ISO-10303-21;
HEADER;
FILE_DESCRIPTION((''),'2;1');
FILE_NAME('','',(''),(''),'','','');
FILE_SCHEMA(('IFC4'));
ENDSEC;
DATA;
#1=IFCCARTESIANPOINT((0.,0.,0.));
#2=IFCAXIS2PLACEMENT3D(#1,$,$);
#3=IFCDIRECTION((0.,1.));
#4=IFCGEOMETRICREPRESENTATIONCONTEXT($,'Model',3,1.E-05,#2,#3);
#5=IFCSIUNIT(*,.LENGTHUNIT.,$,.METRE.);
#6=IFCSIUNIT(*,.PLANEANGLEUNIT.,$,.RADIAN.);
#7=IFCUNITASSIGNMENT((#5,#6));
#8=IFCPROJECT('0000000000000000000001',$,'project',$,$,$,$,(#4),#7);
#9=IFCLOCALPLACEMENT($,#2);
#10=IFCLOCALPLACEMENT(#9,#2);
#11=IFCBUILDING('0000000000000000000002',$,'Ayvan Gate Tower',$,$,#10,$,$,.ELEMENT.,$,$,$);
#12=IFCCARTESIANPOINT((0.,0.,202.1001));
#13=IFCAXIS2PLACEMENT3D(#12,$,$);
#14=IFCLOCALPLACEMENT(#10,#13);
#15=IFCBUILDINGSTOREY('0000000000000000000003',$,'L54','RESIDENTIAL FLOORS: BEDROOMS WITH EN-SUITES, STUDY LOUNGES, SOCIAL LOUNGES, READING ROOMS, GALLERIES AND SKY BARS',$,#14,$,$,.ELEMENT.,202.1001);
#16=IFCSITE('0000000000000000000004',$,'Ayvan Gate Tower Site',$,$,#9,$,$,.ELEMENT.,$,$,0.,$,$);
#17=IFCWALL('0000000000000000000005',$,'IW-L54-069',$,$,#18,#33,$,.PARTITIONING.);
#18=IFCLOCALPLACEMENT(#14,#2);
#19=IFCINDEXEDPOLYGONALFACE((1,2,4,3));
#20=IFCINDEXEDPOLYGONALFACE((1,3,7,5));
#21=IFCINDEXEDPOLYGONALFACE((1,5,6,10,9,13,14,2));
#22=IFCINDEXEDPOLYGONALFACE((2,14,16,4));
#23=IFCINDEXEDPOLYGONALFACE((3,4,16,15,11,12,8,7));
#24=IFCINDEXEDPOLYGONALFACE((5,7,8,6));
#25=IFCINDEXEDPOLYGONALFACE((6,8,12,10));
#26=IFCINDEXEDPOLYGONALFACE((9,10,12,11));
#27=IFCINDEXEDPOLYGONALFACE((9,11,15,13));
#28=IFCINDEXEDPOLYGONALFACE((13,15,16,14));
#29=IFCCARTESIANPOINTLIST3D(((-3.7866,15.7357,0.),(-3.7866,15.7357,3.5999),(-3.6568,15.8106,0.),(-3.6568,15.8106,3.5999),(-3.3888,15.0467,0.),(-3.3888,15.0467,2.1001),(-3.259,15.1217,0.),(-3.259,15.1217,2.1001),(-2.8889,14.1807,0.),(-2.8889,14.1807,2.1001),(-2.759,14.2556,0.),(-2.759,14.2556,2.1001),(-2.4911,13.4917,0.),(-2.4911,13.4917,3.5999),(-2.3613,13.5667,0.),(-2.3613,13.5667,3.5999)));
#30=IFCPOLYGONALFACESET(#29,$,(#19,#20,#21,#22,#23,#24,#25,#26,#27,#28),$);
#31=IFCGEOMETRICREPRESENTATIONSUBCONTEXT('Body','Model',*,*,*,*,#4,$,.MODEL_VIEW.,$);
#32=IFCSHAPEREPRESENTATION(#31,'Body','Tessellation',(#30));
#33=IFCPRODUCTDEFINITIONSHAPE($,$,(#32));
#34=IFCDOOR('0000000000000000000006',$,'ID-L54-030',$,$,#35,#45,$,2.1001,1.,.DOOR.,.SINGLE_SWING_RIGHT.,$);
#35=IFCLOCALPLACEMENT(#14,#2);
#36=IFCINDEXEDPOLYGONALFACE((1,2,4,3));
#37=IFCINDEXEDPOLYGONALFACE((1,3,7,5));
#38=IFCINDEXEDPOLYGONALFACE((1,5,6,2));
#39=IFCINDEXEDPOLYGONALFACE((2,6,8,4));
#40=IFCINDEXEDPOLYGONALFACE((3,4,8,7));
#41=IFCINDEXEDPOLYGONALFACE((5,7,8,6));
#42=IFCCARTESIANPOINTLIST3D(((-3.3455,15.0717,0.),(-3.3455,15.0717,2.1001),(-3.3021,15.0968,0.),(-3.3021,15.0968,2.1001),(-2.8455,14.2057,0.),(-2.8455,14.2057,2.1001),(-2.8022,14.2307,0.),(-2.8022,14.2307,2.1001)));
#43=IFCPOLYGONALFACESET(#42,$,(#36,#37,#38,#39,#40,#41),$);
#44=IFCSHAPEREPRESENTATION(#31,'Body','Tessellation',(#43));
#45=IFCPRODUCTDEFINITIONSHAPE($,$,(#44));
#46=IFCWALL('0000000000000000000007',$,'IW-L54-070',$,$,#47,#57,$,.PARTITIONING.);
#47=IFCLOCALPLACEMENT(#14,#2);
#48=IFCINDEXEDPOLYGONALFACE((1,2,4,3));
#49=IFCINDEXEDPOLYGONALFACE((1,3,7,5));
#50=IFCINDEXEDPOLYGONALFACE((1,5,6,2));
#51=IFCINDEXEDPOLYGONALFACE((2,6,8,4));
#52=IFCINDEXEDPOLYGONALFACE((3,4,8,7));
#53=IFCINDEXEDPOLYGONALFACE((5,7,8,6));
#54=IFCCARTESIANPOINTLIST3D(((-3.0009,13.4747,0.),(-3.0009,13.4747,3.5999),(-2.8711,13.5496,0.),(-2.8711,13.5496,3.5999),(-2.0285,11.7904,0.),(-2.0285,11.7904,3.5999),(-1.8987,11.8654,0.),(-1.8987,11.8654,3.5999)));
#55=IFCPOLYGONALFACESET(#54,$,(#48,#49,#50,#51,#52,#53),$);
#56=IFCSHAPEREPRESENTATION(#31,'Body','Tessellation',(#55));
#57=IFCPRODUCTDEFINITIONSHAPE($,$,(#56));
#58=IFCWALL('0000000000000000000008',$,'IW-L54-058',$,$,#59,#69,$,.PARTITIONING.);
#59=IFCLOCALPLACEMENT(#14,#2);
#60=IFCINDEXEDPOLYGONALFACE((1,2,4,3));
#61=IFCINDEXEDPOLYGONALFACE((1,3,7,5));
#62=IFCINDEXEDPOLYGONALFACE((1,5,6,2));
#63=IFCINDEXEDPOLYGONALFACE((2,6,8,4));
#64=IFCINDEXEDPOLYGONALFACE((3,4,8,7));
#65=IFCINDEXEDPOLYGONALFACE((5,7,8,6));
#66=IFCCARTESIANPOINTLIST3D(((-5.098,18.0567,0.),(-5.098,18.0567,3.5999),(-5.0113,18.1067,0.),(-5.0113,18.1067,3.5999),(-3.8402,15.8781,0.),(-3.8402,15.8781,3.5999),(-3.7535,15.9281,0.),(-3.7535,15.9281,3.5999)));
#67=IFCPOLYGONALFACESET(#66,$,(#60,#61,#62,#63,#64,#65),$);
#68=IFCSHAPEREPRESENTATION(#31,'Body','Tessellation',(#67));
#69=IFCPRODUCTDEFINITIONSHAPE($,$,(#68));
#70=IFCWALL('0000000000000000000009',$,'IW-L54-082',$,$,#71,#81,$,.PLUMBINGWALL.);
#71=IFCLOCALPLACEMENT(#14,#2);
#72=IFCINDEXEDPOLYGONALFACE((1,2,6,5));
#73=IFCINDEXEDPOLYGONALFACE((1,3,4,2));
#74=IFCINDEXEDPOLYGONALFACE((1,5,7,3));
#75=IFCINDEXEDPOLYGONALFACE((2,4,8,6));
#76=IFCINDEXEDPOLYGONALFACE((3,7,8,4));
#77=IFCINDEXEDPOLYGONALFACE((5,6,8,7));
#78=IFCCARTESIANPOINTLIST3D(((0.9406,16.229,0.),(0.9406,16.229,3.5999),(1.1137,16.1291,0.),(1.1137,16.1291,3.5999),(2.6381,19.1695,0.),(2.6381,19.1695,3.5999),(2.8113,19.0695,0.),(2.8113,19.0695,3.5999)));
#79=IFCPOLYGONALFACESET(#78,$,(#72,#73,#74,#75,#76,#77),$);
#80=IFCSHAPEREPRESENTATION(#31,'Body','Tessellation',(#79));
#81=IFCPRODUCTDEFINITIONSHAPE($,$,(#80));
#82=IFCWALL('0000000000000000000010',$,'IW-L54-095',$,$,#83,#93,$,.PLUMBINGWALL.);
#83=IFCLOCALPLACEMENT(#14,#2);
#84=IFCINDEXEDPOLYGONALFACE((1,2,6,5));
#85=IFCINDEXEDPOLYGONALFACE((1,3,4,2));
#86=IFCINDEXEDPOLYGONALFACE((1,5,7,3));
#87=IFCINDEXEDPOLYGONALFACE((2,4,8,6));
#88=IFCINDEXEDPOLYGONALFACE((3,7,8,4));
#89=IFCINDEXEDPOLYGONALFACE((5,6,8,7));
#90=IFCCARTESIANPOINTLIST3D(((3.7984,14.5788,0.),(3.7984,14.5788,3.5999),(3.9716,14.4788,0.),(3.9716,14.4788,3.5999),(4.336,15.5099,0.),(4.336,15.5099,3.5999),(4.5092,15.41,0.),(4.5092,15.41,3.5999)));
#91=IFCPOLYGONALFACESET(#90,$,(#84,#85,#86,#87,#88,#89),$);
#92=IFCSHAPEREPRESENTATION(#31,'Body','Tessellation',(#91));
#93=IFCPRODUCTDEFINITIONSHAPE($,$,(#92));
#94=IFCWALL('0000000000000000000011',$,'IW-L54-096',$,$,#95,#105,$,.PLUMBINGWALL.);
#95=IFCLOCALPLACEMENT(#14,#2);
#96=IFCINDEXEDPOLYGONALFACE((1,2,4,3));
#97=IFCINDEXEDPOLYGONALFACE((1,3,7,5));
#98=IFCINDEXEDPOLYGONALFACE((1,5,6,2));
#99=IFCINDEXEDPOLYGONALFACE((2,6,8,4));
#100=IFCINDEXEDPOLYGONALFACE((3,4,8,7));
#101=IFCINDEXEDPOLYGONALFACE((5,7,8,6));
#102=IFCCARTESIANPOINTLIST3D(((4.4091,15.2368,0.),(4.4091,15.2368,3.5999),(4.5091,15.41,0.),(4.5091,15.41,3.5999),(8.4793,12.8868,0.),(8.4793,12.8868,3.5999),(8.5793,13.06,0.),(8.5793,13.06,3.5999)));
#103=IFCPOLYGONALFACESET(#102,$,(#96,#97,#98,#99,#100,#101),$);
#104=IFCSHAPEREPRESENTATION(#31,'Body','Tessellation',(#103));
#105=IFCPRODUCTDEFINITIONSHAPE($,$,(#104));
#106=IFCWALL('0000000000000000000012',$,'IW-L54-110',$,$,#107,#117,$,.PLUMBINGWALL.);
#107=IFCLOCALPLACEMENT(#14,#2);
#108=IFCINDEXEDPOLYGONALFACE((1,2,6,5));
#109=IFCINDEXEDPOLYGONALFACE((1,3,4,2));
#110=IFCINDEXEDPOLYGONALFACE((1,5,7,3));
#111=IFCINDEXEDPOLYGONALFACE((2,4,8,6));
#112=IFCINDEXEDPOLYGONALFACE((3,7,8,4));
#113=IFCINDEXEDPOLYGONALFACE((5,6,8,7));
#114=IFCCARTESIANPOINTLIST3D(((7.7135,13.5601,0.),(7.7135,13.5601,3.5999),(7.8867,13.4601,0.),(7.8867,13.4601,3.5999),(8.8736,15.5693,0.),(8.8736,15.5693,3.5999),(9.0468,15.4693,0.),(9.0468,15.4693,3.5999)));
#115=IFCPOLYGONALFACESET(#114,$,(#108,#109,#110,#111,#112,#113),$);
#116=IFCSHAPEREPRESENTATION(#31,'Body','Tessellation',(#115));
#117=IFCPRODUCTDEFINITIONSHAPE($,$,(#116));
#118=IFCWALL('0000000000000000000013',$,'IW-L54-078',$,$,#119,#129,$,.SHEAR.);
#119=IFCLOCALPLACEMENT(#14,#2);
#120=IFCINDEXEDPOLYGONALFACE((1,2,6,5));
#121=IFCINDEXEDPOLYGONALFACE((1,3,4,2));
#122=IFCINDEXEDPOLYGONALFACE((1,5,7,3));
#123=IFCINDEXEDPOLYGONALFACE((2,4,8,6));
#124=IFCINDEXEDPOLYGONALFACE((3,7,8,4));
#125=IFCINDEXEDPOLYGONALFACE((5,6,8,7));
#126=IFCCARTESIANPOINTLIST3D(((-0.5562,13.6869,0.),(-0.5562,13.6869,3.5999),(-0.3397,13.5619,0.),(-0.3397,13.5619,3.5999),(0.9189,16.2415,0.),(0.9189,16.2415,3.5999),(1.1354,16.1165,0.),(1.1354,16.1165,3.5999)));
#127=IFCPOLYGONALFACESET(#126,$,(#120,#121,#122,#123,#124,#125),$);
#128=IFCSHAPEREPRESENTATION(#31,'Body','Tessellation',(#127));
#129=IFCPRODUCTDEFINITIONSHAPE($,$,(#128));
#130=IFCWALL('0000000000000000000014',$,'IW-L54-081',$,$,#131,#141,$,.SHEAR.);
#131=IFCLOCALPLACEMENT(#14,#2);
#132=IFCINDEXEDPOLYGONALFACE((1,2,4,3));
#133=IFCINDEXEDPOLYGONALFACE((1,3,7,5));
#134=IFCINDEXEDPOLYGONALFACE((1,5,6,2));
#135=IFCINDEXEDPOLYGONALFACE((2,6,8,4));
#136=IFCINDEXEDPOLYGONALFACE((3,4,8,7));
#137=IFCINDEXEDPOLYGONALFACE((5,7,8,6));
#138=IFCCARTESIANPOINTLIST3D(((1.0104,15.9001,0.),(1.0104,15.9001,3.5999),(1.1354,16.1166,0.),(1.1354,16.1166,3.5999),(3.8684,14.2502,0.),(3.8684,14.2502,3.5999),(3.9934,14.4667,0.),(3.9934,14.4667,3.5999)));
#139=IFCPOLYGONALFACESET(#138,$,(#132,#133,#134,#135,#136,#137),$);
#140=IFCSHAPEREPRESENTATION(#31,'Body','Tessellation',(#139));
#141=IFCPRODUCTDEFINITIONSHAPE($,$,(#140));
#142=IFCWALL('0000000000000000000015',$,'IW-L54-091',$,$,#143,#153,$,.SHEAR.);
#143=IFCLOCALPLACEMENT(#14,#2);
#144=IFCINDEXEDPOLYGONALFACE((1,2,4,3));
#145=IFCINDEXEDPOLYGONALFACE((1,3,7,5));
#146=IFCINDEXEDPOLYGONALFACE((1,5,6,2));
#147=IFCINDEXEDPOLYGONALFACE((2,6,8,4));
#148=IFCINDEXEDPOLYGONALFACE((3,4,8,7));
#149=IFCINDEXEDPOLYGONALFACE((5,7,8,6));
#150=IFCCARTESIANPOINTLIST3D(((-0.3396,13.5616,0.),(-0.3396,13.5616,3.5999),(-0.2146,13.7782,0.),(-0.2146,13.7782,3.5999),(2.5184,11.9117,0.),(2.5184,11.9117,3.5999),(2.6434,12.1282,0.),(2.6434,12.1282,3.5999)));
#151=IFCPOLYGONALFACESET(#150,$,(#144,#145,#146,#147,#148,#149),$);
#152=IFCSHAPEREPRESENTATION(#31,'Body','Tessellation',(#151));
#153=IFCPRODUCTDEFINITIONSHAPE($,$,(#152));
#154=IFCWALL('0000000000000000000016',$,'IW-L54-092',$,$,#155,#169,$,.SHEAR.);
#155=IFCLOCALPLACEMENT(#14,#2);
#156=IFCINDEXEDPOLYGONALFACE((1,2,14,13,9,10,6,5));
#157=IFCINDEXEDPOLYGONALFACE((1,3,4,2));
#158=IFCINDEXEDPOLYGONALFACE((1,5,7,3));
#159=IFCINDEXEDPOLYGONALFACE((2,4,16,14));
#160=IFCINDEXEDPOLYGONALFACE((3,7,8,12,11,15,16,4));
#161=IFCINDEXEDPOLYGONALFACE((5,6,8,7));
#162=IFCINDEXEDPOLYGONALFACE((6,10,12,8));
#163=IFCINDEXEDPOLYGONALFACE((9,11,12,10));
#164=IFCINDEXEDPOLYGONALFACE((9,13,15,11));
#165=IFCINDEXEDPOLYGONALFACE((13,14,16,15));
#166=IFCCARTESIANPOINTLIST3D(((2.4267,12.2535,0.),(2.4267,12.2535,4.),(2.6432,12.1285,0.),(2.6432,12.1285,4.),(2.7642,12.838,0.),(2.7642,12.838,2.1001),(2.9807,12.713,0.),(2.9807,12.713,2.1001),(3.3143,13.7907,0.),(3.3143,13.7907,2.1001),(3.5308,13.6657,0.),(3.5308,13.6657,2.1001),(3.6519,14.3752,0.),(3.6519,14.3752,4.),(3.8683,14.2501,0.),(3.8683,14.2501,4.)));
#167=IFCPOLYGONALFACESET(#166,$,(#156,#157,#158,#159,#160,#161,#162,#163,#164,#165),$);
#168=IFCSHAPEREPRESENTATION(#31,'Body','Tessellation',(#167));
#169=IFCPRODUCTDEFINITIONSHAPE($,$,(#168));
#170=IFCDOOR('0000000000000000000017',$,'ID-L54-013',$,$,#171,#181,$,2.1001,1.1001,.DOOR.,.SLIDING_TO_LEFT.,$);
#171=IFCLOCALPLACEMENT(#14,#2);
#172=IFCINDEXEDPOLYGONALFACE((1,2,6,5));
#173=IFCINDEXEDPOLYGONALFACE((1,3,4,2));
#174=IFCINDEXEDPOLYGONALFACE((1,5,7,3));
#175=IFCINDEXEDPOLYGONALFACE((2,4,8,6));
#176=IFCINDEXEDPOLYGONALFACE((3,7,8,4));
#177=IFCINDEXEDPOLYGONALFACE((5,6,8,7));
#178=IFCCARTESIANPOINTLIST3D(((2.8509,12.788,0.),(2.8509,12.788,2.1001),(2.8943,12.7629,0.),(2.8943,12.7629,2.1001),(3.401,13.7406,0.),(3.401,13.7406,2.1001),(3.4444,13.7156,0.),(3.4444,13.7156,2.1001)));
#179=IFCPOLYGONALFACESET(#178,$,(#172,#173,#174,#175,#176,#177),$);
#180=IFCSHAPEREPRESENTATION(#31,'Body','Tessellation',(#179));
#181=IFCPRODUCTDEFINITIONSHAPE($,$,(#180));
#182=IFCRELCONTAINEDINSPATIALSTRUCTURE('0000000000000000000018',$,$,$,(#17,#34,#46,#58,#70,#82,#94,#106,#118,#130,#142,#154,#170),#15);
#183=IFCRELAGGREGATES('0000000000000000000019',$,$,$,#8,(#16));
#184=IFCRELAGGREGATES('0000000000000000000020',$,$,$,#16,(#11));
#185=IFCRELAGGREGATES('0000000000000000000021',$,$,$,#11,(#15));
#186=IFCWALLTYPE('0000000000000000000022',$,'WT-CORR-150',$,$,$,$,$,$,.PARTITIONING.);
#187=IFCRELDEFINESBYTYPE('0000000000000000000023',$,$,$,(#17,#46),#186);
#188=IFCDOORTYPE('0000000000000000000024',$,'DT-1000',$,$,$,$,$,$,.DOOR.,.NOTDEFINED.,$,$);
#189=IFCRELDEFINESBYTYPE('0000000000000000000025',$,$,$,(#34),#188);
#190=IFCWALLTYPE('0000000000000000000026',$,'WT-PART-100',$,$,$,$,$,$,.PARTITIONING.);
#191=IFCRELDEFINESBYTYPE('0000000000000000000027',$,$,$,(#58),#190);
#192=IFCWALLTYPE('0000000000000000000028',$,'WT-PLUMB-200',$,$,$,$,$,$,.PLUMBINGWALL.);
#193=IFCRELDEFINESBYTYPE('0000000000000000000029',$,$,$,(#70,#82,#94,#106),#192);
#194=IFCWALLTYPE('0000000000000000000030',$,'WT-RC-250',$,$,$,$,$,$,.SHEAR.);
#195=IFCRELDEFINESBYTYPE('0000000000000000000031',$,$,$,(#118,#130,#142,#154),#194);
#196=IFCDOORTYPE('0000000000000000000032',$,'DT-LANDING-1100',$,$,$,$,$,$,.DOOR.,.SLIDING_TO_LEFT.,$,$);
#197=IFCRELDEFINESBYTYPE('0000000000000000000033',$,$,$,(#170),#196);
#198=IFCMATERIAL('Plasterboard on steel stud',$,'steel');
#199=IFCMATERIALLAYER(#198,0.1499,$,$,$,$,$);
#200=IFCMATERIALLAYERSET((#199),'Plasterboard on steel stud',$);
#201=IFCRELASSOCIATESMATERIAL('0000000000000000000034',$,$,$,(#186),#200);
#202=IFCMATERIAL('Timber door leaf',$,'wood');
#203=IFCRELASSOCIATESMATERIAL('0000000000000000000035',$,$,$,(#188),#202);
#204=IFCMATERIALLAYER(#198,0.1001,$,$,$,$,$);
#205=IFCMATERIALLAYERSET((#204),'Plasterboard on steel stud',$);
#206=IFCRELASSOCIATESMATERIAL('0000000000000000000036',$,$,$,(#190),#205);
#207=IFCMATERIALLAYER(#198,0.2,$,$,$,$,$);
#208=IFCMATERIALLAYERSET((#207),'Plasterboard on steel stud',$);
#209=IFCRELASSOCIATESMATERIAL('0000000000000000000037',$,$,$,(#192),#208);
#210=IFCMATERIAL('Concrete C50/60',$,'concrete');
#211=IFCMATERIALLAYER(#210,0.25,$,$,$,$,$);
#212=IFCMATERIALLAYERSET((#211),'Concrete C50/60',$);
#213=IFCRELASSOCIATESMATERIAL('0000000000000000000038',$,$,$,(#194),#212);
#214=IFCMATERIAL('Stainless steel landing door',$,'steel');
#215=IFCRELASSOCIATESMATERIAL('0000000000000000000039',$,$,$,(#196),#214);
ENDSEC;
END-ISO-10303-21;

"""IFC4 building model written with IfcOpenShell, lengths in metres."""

from ifc_helpers import new_model, si_unit, direction, frame, frame_2d, origin, place, context, subcontext, project, spatial, rectangle, extrude, material, layer, layer_set, type_object, element, fill, save


model = new_model("IFC4")

# Units and contexts
model_context = context("Model", 3, precision=1e-05, world=origin(), true_north=direction((0.0, 1.0)))
body_context = subcontext(model_context, "Body", "Model", "MODEL_VIEW")
ifc_project = project(units=[si_unit("LENGTHUNIT", "METRE"), si_unit("PLANEANGLEUNIT", "RADIAN")], contexts=[model_context])

# Site, building, storey
site_placement = place(None, origin())
site = spatial("IfcSite", under=ifc_project, at=site_placement, Name="Ayvan Gate Tower Site", CompositionType="ELEMENT", RefElevation=0.0)
building_placement = place(site_placement, origin())
building = spatial("IfcBuilding", under=site, at=building_placement, Name="Ayvan Gate Tower", CompositionType="ELEMENT")
storey_placement = place(building_placement, frame((0.0, 0.0, 202.1001)))
storey = spatial("IfcBuildingStorey", under=building, at=storey_placement, Name="L54", Description="RESIDENTIAL FLOORS: BEDROOMS WITH EN-SUITES, STUDY LOUNGES, SOCIAL LOUNGES, READING ROOMS, GALLERIES AND SKY BARS", CompositionType="ELEMENT", Elevation=202.1001)

# Shared definitions
ifc_material_1 = material(Name="Plasterboard on steel stud", Category="steel")
ifc_layer_1 = layer(ifc_material_1, 0.1499)
ifc_layer_set_1 = layer_set([ifc_layer_1], Name="Plasterboard on steel stud")
wall_type_1 = type_object("IfcWallType", Name="WT-CORR-150", PredefinedType="PARTITIONING", material=ifc_layer_set_1)
ifc_material_2 = material(Name="Timber door leaf", Category="wood")

# Wall, opening, door
wall_1_placement = place(storey_placement, frame((-2.4263, 13.5293, 0.0), z_axis=(0.0, 0.0, 1.0), x_axis=(-0.49997, 0.866043, 0.0)))
wall_1 = element("IfcWall", 1, at=wall_1_placement, inside=storey, type_object=wall_type_1, Name="IW-L54-069", PredefinedType="PARTITIONING", context=body_context, shape_type="SweptSolid", body=[
    extrude(rectangle(XDim=2.5911, YDim=0.1499, at=frame_2d((1.2954, 0.0))), origin(), (0.0, 0.0, 1.0), 3.5999),
])
opening_1_placement = place(wall_1_placement, frame((0.7954, 0.0, 0.0)))
opening_1 = element("IfcOpeningElement", 2, at=opening_1_placement, cuts=wall_1, PredefinedType="OPENING", context=body_context, shape_type="SweptSolid", body=[
    extrude(rectangle(XDim=1.0, YDim=2.1001, at=frame_2d((0.5, 1.05))), frame((0.0, 0.085, 0.0), z_axis=(0.0, -1.0, 0.0), x_axis=(1.0, 0.0, 0.0)), (0.0, 0.0, 1.0), 0.1699),
])
door_type_1 = type_object("IfcDoorType", Name="DT-1000", OperationType="NOTDEFINED", PredefinedType="DOOR", material=ifc_material_2)
door_1_placement = place(opening_1_placement, origin())
door_1 = element("IfcDoor", 3, at=door_1_placement, inside=storey, type_object=door_type_1, Name="ID-L54-030", OperationType="SINGLE_SWING_RIGHT", OverallHeight=2.1001, OverallWidth=1.0, PredefinedType="DOOR", context=body_context, shape_type="SweptSolid", body=[
    extrude(rectangle(XDim=1.0, YDim=2.1001, at=frame_2d((0.5, 1.05))), frame((0.0, 0.0249, 0.0), z_axis=(0.0, -1.0, 0.0), x_axis=(1.0, 0.0, 0.0)), (0.0, 0.0, 1.0), 0.05),
])
fill(opening_1, door_1)

# Walls
wall_2_placement = place(storey_placement, frame((-1.9636, 11.8279, 0.0), z_axis=(0.0, 0.0, 1.0), x_axis=(-0.499987, 0.866033, 0.0)))
element("IfcWall", 4, at=wall_2_placement, inside=storey, type_object=wall_type_1, Name="IW-L54-070", PredefinedType="PARTITIONING", context=body_context, shape_type="SweptSolid", body=[
    extrude(rectangle(XDim=1.9448, YDim=0.1499, at=frame_2d((0.9724, 0.0))), origin(), (0.0, 0.0, 1.0), 3.5999),
])
ifc_layer_2 = layer(ifc_material_1, 0.1001)
ifc_layer_set_2 = layer_set([ifc_layer_2], Name="Plasterboard on steel stud")
wall_type_2 = type_object("IfcWallType", Name="WT-PART-100", PredefinedType="PARTITIONING", material=ifc_layer_set_2)
wall_3_placement = place(storey_placement, frame((-3.7969, 15.9031, 0.0), z_axis=(0.0, 0.0, 1.0), x_axis=(-0.49998, 0.866037, 0.0)))
element("IfcWall", 5, at=wall_3_placement, inside=storey, type_object=wall_type_2, Name="IW-L54-058", PredefinedType="PARTITIONING", context=body_context, shape_type="SweptSolid", body=[
    extrude(rectangle(XDim=2.5156, YDim=0.1001, at=frame_2d((1.2578, 0.0))), origin(), (0.0, 0.0, 1.0), 3.5999),
])
ifc_layer_3 = layer(ifc_material_1, 0.2)
ifc_layer_set_3 = layer_set([ifc_layer_3], Name="Plasterboard on steel stud")
wall_type_3 = type_object("IfcWallType", Name="WT-PLUMB-200", PredefinedType="PLUMBINGWALL", material=ifc_layer_set_3)
wall_4_placement = place(storey_placement, frame((1.0271, 16.179, 0.0), z_axis=(0.0, 0.0, 1.0), x_axis=(0.499967, 0.866044, 0.0)))
element("IfcWall", 6, at=wall_4_placement, inside=storey, type_object=wall_type_3, Name="IW-L54-082", PredefinedType="PLUMBINGWALL", context=body_context, shape_type="SweptSolid", body=[
    extrude(rectangle(XDim=3.3953, YDim=0.2, at=frame_2d((1.6978, 0.0))), origin(), (0.0, 0.0, 1.0), 3.5999),
])
wall_5_placement = place(storey_placement, frame((3.885, 14.5288, 0.0), z_axis=(0.0, 0.0, 1.0), x_axis=(0.499998, 0.866027, 0.0)))
element("IfcWall", 7, at=wall_5_placement, inside=storey, type_object=wall_type_3, Name="IW-L54-095", PredefinedType="PLUMBINGWALL", context=body_context, shape_type="SweptSolid", body=[
    extrude(rectangle(XDim=1.0752, YDim=0.2, at=frame_2d((0.5376, 0.0))), origin(), (0.0, 0.0, 1.0), 3.5999),
])
wall_6_placement = place(storey_placement, frame((4.459, 15.3235, 0.0), z_axis=(0.0, 0.0, 1.0), x_axis=(0.866016, -0.500016, 0.0)))
element("IfcWall", 8, at=wall_6_placement, inside=storey, type_object=wall_type_3, Name="IW-L54-096", PredefinedType="PLUMBINGWALL", context=body_context, shape_type="SweptSolid", body=[
    extrude(rectangle(XDim=4.7, YDim=0.2, at=frame_2d((2.3501, 0.0))), origin(), (0.0, 0.0, 1.0), 3.5999),
])
wall_7_placement = place(storey_placement, frame((7.8, 13.51, 0.0), z_axis=(0.0, 0.0, 1.0), x_axis=(0.500032, 0.866007, 0.0)))
element("IfcWall", 9, at=wall_7_placement, inside=storey, type_object=wall_type_3, Name="IW-L54-110", PredefinedType="PLUMBINGWALL", context=body_context, shape_type="SweptSolid", body=[
    extrude(rectangle(XDim=2.3201, YDim=0.2, at=frame_2d((1.1602, 0.0))), origin(), (0.0, 0.0, 1.0), 3.5999),
])
ifc_material_3 = material(Name="Concrete C50/60", Category="concrete")
ifc_layer_4 = layer(ifc_material_3, 0.25)
ifc_layer_set_4 = layer_set([ifc_layer_4], Name="Concrete C50/60")
wall_type_4 = type_object("IfcWallType", Name="WT-RC-250", PredefinedType="SHEAR", material=ifc_layer_set_4)
wall_8_placement = place(storey_placement, frame((-0.448, 13.6243, 0.0), z_axis=(0.0, 0.0, 1.0), x_axis=(0.500038, 0.866004, 0.0)))
element("IfcWall", 10, at=wall_8_placement, inside=storey, type_object=wall_type_4, Name="IW-L54-078", PredefinedType="SHEAR", context=body_context, shape_type="SweptSolid", body=[
    extrude(rectangle(XDim=2.95, YDim=0.25, at=frame_2d((1.4751, 0.0))), origin(), (0.0, 0.0, 1.0), 3.5999),
])
for number, where, z_axis, x_axis, name in (
    (11, (1.073, 16.0083, 0.0), (0.0, 0.0, 1.0), (0.86604, -0.499974, 0.0), "IW-L54-081"),
    (12, (2.5808, 12.02, 0.0), (0.0, 0.0, 1.0), (-0.86604, 0.499974, 0.0), "IW-L54-091"),
):
    element("IfcWall", number, at=place(storey_placement, frame(where, z_axis=z_axis, x_axis=x_axis)), inside=storey, type_object=wall_type_4, Name=name, PredefinedType="SHEAR", context=body_context, shape_type="SweptSolid", body=[
        extrude(rectangle(XDim=3.3, YDim=0.25, at=frame_2d((1.6499, 0.0))), origin(), (0.0, 0.0, 1.0), 3.5999),
    ])

# Wall, opening, door
wall_9_placement = place(storey_placement, frame((2.5349, 12.1909, 0.0), z_axis=(0.0, 0.0, 1.0), x_axis=(0.500062, 0.86599, 0.0)))
wall_9 = element("IfcWall", 13, at=wall_9_placement, inside=storey, type_object=wall_type_4, Name="IW-L54-092", PredefinedType="SHEAR", context=body_context, shape_type="SweptSolid", body=[
    extrude(rectangle(XDim=2.45, YDim=0.25, at=frame_2d((1.2251, 0.0))), origin(), (0.0, 0.0, 1.0), 4.0),
])
opening_2_placement = place(wall_9_placement, frame((0.675, 0.0, 0.0)))
opening_2 = element("IfcOpeningElement", 14, at=opening_2_placement, cuts=wall_9, PredefinedType="OPENING", context=body_context, shape_type="SweptSolid", body=[
    extrude(rectangle(XDim=1.1001, YDim=2.1001, at=frame_2d((0.55, 1.05))), frame((0.0, 0.135, 0.0), z_axis=(0.0, -1.0, 0.0), x_axis=(1.0, 0.0, 0.0)), (0.0, 0.0, 1.0), 0.27),
])
ifc_material_4 = material(Name="Stainless steel landing door", Category="steel")
door_type_2 = type_object("IfcDoorType", Name="DT-LANDING-1100", OperationType="SLIDING_TO_LEFT", PredefinedType="DOOR", material=ifc_material_4)
door_2_placement = place(opening_2_placement, origin())
door_2 = element("IfcDoor", 15, at=door_2_placement, inside=storey, type_object=door_type_2, Name="ID-L54-013", OperationType="SLIDING_TO_LEFT", OverallHeight=2.1001, OverallWidth=1.1001, PredefinedType="DOOR", context=body_context, shape_type="SweptSolid", body=[
    extrude(rectangle(XDim=1.1001, YDim=2.1001, at=frame_2d((0.55, 1.05))), frame((0.0, 0.0249, 0.0), z_axis=(0.0, -1.0, 0.0), x_axis=(1.0, 0.0, 0.0)), (0.0, 0.0, 1.0), 0.05),
])
fill(opening_2, door_2)

save(model, "model.ifc")
